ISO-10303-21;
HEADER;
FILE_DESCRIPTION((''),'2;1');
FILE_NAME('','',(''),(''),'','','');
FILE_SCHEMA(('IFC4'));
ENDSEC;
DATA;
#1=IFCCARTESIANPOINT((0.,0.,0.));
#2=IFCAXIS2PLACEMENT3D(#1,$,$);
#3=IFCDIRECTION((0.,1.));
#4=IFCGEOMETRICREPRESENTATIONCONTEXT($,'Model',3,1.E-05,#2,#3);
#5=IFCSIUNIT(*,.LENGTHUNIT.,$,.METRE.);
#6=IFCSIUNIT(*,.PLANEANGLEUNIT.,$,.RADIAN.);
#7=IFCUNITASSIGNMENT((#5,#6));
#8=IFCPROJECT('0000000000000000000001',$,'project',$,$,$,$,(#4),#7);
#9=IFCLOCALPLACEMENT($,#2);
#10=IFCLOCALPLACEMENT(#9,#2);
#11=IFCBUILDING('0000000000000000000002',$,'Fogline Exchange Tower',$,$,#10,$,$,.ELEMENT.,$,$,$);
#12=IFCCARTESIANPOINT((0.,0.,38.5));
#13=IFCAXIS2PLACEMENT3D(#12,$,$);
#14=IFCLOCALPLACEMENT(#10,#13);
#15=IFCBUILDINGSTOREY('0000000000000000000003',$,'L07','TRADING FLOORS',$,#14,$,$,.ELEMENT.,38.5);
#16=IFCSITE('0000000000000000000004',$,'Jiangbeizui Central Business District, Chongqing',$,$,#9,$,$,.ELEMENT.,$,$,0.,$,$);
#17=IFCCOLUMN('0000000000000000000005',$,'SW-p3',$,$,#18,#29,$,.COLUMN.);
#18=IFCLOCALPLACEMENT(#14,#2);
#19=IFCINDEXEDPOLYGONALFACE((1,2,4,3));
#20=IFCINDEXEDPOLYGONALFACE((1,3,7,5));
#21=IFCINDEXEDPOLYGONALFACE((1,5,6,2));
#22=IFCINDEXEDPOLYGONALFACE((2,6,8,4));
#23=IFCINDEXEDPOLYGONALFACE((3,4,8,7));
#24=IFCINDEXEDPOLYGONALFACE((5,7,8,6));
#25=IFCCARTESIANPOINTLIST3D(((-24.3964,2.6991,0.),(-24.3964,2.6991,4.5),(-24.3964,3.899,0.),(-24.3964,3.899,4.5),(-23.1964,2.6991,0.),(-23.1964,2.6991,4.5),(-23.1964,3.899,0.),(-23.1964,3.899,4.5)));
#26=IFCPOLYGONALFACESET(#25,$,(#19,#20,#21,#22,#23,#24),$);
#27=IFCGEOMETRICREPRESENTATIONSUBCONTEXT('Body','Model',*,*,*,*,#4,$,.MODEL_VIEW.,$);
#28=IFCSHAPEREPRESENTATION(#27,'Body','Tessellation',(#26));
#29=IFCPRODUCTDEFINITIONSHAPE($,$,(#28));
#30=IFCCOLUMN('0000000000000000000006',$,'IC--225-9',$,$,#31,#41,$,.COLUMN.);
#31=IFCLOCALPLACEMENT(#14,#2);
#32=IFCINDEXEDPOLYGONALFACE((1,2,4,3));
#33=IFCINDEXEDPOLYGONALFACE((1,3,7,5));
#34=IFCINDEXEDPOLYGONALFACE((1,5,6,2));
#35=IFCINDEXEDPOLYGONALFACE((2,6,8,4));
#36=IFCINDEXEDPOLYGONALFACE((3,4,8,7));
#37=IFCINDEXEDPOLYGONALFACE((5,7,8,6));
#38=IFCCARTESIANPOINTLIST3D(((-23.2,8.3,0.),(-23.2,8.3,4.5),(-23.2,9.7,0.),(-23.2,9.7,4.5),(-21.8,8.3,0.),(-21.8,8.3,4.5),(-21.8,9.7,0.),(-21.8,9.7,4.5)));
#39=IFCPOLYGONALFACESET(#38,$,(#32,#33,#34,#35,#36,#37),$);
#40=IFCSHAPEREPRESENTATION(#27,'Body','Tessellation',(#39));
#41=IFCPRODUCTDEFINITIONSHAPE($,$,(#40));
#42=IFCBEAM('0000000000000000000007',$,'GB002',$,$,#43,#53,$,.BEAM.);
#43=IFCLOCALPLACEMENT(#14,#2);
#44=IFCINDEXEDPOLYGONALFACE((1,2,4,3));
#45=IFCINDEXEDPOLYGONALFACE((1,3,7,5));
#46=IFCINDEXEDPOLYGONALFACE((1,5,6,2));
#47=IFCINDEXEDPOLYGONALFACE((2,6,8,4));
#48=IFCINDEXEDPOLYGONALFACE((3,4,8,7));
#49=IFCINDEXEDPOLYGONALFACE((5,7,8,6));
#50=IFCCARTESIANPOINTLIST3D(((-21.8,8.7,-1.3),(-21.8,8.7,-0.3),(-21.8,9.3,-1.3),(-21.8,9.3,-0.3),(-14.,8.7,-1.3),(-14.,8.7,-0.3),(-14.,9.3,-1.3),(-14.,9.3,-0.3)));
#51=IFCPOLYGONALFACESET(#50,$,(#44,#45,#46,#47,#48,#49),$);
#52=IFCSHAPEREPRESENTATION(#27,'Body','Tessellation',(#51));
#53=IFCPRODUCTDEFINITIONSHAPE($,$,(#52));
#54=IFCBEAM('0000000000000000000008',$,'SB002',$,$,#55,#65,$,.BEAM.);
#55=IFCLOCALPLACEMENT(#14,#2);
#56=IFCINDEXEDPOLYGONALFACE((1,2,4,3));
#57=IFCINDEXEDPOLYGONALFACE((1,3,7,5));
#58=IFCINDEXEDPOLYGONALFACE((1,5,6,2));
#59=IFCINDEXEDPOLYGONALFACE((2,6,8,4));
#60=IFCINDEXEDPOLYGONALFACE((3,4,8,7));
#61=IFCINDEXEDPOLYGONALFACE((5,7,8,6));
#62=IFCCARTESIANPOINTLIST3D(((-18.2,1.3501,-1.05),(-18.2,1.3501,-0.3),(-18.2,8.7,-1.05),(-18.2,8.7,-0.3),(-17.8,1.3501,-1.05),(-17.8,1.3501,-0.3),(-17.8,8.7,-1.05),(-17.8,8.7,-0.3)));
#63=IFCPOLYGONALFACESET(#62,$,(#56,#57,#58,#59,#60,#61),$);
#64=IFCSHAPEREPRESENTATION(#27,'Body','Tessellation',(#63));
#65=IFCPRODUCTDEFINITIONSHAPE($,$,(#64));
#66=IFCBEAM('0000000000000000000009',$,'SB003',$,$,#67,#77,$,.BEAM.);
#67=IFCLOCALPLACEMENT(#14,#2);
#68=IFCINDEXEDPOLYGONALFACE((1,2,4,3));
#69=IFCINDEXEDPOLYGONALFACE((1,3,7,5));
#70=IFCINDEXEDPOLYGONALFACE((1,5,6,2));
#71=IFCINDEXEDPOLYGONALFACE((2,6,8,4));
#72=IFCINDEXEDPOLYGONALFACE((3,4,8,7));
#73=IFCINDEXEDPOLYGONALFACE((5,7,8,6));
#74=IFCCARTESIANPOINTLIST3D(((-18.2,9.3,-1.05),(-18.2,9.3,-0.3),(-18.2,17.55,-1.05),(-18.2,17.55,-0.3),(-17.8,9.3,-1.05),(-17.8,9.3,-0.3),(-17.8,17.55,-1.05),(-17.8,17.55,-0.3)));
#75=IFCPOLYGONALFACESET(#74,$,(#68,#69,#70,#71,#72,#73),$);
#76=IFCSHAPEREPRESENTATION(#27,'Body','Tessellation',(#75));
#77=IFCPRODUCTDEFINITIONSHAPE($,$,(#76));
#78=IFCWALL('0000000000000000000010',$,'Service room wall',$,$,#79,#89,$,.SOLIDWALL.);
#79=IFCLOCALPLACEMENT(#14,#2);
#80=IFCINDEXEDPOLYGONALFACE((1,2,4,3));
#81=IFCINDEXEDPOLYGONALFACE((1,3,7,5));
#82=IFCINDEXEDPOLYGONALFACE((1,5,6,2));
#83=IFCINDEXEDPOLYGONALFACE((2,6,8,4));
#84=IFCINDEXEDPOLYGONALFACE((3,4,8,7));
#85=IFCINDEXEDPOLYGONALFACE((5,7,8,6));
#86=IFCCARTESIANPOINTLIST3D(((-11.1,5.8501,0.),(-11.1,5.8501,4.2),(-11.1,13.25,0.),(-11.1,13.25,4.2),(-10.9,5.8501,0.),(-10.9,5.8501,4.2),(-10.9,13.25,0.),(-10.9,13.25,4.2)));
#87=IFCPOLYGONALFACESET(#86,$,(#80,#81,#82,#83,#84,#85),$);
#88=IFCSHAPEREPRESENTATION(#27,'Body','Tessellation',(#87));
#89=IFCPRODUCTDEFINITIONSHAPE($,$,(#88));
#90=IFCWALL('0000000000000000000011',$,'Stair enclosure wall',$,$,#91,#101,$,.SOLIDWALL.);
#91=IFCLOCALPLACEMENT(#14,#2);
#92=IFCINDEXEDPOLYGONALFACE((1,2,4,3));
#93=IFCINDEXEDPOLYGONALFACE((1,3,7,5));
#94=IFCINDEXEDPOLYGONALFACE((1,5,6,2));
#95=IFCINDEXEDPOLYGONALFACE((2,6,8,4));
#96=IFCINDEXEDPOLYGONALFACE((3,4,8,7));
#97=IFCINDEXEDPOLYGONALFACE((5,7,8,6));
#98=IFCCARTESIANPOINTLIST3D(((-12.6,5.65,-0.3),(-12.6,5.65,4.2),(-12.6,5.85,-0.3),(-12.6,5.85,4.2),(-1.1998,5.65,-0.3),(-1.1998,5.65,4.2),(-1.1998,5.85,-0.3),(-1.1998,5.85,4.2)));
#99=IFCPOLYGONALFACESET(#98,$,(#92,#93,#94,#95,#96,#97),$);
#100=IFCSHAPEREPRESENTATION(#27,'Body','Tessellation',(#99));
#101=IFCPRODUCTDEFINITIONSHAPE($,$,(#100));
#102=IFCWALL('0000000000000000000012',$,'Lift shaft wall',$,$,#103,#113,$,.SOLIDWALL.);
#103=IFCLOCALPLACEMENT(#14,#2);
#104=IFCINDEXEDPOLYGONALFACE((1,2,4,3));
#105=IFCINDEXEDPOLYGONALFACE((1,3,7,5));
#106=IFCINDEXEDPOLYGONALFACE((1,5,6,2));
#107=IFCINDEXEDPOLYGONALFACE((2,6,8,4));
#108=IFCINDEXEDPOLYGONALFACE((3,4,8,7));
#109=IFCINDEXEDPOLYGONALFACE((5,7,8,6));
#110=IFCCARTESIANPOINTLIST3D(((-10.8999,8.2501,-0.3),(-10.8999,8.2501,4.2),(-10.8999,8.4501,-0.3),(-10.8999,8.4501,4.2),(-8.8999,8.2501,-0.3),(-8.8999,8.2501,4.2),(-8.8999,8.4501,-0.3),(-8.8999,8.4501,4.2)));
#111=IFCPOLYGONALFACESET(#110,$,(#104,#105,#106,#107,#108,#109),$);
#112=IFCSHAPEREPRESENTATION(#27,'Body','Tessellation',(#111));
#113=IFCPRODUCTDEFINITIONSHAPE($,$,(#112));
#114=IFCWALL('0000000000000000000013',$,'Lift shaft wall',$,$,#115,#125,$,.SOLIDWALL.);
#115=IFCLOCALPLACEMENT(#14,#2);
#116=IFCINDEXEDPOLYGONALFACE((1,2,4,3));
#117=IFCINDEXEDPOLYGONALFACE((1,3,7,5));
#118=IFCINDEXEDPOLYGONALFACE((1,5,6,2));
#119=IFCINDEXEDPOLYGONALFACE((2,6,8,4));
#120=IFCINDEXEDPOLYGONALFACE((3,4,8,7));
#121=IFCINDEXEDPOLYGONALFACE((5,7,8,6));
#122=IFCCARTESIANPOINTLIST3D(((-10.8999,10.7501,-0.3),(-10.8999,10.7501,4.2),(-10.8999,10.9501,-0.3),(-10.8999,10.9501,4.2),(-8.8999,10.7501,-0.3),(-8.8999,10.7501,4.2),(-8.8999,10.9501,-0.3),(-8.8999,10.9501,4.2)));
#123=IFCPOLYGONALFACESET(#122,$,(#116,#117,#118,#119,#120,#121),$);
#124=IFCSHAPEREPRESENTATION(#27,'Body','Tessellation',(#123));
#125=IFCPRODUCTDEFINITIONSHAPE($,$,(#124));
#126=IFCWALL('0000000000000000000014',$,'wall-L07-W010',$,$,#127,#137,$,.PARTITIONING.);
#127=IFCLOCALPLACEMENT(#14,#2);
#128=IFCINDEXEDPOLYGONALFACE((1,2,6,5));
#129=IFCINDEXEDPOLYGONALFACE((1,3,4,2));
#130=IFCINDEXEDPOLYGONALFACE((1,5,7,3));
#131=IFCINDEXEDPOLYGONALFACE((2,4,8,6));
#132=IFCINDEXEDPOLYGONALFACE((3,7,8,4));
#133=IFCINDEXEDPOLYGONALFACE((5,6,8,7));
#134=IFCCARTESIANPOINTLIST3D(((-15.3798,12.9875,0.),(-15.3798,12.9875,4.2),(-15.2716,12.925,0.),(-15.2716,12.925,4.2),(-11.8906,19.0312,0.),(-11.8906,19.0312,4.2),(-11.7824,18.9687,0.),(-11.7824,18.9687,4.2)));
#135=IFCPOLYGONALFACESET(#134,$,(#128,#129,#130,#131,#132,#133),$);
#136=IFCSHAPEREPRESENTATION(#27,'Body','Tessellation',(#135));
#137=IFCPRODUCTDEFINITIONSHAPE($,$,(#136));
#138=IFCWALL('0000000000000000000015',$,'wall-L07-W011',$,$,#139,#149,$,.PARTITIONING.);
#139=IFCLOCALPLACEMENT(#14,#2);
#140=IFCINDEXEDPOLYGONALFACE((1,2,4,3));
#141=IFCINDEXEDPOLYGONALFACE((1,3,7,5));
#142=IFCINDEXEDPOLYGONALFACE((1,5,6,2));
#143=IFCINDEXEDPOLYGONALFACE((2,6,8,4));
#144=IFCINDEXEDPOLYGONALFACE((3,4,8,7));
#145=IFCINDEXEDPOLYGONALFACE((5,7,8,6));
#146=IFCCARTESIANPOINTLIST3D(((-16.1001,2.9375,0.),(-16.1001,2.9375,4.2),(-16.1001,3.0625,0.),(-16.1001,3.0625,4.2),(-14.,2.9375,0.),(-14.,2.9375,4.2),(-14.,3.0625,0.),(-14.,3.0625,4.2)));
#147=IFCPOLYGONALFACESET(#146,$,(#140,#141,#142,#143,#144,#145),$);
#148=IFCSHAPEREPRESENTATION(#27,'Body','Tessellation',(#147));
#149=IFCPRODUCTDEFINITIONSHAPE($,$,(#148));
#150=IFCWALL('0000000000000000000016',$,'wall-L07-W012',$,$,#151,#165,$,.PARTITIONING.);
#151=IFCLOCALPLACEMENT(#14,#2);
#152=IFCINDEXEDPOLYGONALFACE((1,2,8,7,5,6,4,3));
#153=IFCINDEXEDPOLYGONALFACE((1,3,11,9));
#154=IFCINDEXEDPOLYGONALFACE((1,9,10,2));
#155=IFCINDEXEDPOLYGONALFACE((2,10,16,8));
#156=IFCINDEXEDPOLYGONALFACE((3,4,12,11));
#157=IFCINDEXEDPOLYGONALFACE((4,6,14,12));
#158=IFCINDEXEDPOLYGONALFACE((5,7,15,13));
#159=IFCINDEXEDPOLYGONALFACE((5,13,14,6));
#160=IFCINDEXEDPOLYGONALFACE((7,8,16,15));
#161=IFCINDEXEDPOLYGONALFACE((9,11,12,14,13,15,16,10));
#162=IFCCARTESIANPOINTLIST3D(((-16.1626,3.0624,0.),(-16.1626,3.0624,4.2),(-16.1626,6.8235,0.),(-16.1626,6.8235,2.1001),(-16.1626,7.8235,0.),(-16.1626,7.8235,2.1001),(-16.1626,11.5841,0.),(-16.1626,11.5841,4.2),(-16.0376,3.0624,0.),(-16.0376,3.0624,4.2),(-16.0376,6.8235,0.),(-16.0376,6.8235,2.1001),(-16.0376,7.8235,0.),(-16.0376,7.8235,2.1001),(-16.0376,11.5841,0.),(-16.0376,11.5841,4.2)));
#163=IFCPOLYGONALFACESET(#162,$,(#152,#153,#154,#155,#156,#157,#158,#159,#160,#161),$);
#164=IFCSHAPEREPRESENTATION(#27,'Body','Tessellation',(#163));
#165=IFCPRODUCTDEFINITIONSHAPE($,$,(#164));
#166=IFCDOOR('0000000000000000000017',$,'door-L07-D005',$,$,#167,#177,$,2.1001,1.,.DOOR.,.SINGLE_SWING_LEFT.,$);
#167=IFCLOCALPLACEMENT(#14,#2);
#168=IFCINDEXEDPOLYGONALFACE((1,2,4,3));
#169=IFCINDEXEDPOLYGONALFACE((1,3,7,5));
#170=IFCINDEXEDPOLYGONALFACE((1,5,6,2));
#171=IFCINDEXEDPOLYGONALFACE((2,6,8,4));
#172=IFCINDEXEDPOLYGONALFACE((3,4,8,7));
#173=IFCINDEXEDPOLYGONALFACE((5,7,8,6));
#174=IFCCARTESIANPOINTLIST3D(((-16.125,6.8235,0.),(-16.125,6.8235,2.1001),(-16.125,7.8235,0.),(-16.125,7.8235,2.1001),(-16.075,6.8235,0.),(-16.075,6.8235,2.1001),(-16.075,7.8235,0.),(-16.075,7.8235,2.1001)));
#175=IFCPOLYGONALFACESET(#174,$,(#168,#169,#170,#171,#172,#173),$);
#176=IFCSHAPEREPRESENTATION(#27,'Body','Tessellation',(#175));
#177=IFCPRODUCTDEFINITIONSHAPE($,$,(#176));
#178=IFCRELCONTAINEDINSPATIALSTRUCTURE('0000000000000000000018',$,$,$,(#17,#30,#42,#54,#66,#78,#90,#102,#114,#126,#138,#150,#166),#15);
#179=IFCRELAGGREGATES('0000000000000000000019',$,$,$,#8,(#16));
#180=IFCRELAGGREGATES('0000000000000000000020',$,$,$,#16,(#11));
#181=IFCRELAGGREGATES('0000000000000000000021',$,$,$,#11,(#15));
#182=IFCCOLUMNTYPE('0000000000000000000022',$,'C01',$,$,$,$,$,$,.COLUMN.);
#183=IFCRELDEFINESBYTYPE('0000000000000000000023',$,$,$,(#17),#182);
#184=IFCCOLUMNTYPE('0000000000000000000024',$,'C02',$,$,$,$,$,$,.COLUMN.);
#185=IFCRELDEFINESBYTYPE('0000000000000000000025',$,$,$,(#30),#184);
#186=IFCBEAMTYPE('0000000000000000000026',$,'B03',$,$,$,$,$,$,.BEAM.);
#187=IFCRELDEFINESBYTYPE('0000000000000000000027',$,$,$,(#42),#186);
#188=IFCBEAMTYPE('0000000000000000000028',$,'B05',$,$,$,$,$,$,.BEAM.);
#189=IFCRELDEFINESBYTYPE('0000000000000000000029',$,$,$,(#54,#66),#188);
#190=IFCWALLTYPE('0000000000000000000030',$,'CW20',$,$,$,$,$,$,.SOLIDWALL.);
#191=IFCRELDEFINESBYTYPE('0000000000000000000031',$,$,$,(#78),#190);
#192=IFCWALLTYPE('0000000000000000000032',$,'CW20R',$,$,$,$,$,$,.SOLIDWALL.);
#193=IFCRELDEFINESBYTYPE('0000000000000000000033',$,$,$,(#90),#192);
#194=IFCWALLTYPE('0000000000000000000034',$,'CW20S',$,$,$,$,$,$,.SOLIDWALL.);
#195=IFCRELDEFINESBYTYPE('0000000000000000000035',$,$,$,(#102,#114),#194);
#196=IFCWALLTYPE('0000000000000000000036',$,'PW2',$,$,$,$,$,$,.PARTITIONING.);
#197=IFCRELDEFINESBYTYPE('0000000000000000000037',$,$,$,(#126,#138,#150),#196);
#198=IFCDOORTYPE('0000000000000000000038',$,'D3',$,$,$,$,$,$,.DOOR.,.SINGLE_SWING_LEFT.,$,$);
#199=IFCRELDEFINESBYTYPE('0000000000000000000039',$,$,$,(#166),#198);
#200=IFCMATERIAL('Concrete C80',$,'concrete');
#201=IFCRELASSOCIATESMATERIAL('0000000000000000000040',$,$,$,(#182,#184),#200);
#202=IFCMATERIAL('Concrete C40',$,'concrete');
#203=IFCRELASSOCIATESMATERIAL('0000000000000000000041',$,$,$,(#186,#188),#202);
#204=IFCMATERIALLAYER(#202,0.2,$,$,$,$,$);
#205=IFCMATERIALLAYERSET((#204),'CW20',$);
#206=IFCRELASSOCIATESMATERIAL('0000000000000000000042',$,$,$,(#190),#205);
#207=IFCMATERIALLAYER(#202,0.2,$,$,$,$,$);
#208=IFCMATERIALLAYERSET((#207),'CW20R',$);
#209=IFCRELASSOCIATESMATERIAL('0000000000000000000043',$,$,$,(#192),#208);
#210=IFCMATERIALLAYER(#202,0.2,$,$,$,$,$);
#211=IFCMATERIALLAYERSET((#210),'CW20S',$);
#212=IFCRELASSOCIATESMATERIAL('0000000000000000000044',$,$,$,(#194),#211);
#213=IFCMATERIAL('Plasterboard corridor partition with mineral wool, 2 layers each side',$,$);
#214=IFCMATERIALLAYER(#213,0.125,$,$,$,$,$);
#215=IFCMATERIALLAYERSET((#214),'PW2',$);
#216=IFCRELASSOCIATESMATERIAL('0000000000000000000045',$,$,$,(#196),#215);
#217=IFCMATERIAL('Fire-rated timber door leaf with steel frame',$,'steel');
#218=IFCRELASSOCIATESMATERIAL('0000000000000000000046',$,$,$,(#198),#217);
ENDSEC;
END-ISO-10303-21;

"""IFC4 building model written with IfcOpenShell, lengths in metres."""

from ifc_helpers import new_model, si_unit, direction, frame, frame_2d, origin, origin_2d, place, context, subcontext, project, spatial, rectangle, extrude, material, layer, layer_set, material_profile, profile_set, type_object, element, fill, save


model = new_model("IFC4")

# Units and contexts
model_context = context("Model", 3, precision=1e-05, world=origin(), true_north=direction((0.0, 1.0)))
body_context = subcontext(model_context, "Body", "Model", "MODEL_VIEW")
ifc_project = project(units=[si_unit("LENGTHUNIT", "METRE"), si_unit("PLANEANGLEUNIT", "RADIAN")], contexts=[model_context])

# Site, building, storey
site_placement = place(None, origin())
site = spatial("IfcSite", under=ifc_project, at=site_placement, Name="Jiangbeizui Central Business District, Chongqing", CompositionType="ELEMENT", RefElevation=0.0)
building_placement = place(site_placement, origin())
building = spatial("IfcBuilding", under=site, at=building_placement, Name="Fogline Exchange Tower", CompositionType="ELEMENT")
storey_placement = place(building_placement, frame((0.0, 0.0, 38.5)))
storey = spatial("IfcBuildingStorey", under=building, at=storey_placement, Name="L07", Description="TRADING FLOORS", CompositionType="ELEMENT", Elevation=38.5)

# Columns
ifc_material_1 = material(Name="Concrete C80", Category="concrete")
ifc_material_profile_1 = material_profile(ifc_material_1, rectangle(XDim=1.2, YDim=1.2, at=origin_2d()), Name="RC 1200x1200")
ifc_profile_set_1 = profile_set([ifc_material_profile_1], Name="Concrete C80")
column_type_1 = type_object("IfcColumnType", Name="C01", PredefinedType="COLUMN", material=ifc_profile_set_1)
column_1_placement = place(storey_placement, frame((-23.7964, 3.2991, 0.0), z_axis=(0.0, 0.0, 1.0), x_axis=(1.0, 0.0, 0.0)))
element("IfcColumn", 1, at=column_1_placement, inside=storey, type_object=column_type_1, Name="SW-p3", PredefinedType="COLUMN", context=body_context, shape_type="SweptSolid", body=[
    extrude(rectangle(XDim=1.2, YDim=1.2, at=origin_2d()), origin(), (0.0, 0.0, 1.0), 4.5),
])
ifc_material_profile_2 = material_profile(ifc_material_1, rectangle(XDim=1.3999, YDim=1.3999, at=origin_2d()), Name="RC 1400x1400")
ifc_profile_set_2 = profile_set([ifc_material_profile_2], Name="Concrete C80")
column_type_2 = type_object("IfcColumnType", Name="C02", PredefinedType="COLUMN", material=ifc_profile_set_2)
column_2_placement = place(storey_placement, frame((-22.5, 9.0, 0.0), z_axis=(0.0, 0.0, 1.0), x_axis=(1.0, 0.0, 0.0)))
element("IfcColumn", 2, at=column_2_placement, inside=storey, type_object=column_type_2, Name="IC--225-9", PredefinedType="COLUMN", context=body_context, shape_type="SweptSolid", body=[
    extrude(rectangle(XDim=1.3999, YDim=1.3999, at=origin_2d()), origin(), (0.0, 0.0, 1.0), 4.5),
])

# Beams
ifc_material_2 = material(Name="Concrete C40", Category="concrete")
ifc_material_profile_3 = material_profile(ifc_material_2, rectangle(XDim=0.6001, YDim=1.0, at=origin_2d()), Name="RC 600x1000")
ifc_profile_set_3 = profile_set([ifc_material_profile_3], Name="Concrete C40")
beam_type_1 = type_object("IfcBeamType", Name="B03", PredefinedType="BEAM", material=ifc_profile_set_3)
beam_1_placement = place(storey_placement, frame((-21.8, 9.0, -0.8), z_axis=(1.0, 0.0, 0.0), x_axis=(0.0, 1.0, 0.0)))
element("IfcBeam", 3, at=beam_1_placement, inside=storey, type_object=beam_type_1, Name="GB002", PredefinedType="BEAM", context=body_context, shape_type="SweptSolid", body=[
    extrude(rectangle(XDim=0.6001, YDim=1.0, at=origin_2d()), origin(), (0.0, 0.0, 1.0), 7.8),
])
ifc_material_profile_4 = material_profile(ifc_material_2, rectangle(XDim=0.3999, YDim=0.75, at=origin_2d()), Name="RC 400x750")
ifc_profile_set_4 = profile_set([ifc_material_profile_4], Name="Concrete C40")
beam_type_2 = type_object("IfcBeamType", Name="B05", PredefinedType="BEAM", material=ifc_profile_set_4)
beam_2_placement = place(storey_placement, frame((-18.0, 1.3501, -0.675), z_axis=(0.0, 1.0, 0.0), x_axis=(-1.0, 0.0, 0.0)))
element("IfcBeam", 4, at=beam_2_placement, inside=storey, type_object=beam_type_2, Name="SB002", PredefinedType="BEAM", context=body_context, shape_type="SweptSolid", body=[
    extrude(rectangle(XDim=0.3999, YDim=0.75, at=origin_2d()), origin(), (0.0, 0.0, 1.0), 7.3499),
])
beam_3_placement = place(storey_placement, frame((-18.0, 9.3, -0.675), z_axis=(0.0, 1.0, 0.0), x_axis=(-1.0, 0.0, 0.0)))
element("IfcBeam", 5, at=beam_3_placement, inside=storey, type_object=beam_type_2, Name="SB003", PredefinedType="BEAM", context=body_context, shape_type="SweptSolid", body=[
    extrude(rectangle(XDim=0.3999, YDim=0.75, at=origin_2d()), origin(), (0.0, 0.0, 1.0), 8.25),
])

# Walls
ifc_layer_1 = layer(ifc_material_2, 0.2)
ifc_layer_set_1 = layer_set([ifc_layer_1], Name="CW20")
wall_type_1 = type_object("IfcWallType", Name="CW20", PredefinedType="SOLIDWALL", material=ifc_layer_set_1)
wall_1_placement = place(storey_placement, frame((-11.0, 5.8501, 0.0), z_axis=(0.0, 0.0, 1.0), x_axis=(0.0, 1.0, 0.0)))
element("IfcWall", 6, at=wall_1_placement, inside=storey, type_object=wall_type_1, Name="Service room wall", PredefinedType="SOLIDWALL", context=body_context, shape_type="SweptSolid", body=[
    extrude(rectangle(XDim=7.3999, YDim=0.2, at=frame_2d((3.7, 0.0))), origin(), (0.0, 0.0, 1.0), 4.2),
])
ifc_layer_2 = layer(ifc_material_2, 0.2)
ifc_layer_set_2 = layer_set([ifc_layer_2], Name="CW20R")
wall_type_2 = type_object("IfcWallType", Name="CW20R", PredefinedType="SOLIDWALL", material=ifc_layer_set_2)
wall_2_placement = place(storey_placement, frame((-12.6001, 5.75, -0.3), z_axis=(0.0, 0.0, 1.0), x_axis=(1.0, 0.0, 0.0)))
element("IfcWall", 7, at=wall_2_placement, inside=storey, type_object=wall_type_2, Name="Stair enclosure wall", PredefinedType="SOLIDWALL", context=body_context, shape_type="SweptSolid", body=[
    extrude(rectangle(XDim=11.4001, YDim=0.2, at=frame_2d((5.7002, 0.0))), origin(), (0.0, 0.0, 1.0), 4.5),
])
ifc_layer_3 = layer(ifc_material_2, 0.2)
ifc_layer_set_3 = layer_set([ifc_layer_3], Name="CW20S")
wall_type_3 = type_object("IfcWallType", Name="CW20S", PredefinedType="SOLIDWALL", material=ifc_layer_set_3)
for number, where, z_axis, x_axis, name in (
    (8, (-10.8999, 8.3501, -0.3), (0.0, 0.0, 1.0), (1.0, 0.0, 0.0), "Lift shaft wall"),
    (9, (-10.8999, 10.8501, -0.3), (0.0, 0.0, 1.0), (1.0, 0.0, 0.0), "Lift shaft wall"),
):
    element("IfcWall", number, at=place(storey_placement, frame(where, z_axis=z_axis, x_axis=x_axis)), inside=storey, type_object=wall_type_3, Name=name, PredefinedType="SOLIDWALL", context=body_context, shape_type="SweptSolid", body=[
        extrude(rectangle(XDim=2.0, YDim=0.2, at=frame_2d((1.0, 0.0))), origin(), (0.0, 0.0, 1.0), 4.5),
    ])
ifc_material_3 = material(Name="Plasterboard corridor partition with mineral wool, 2 layers each side")
ifc_layer_4 = layer(ifc_material_3, 0.125)
ifc_layer_set_4 = layer_set([ifc_layer_4], Name="PW2")
wall_type_4 = type_object("IfcWallType", Name="PW2", PredefinedType="PARTITIONING", material=ifc_layer_set_4)
wall_3_placement = place(storey_placement, frame((-15.3257, 12.9563, 0.0), z_axis=(0.0, 0.0, 1.0), x_axis=(0.499992, 0.86603, 0.0)))
element("IfcWall", 10, at=wall_3_placement, inside=storey, type_object=wall_type_4, Name="wall-L07-W010", PredefinedType="PARTITIONING", context=body_context, shape_type="SweptSolid", body=[
    extrude(rectangle(XDim=6.9785, YDim=0.125, at=frame_2d((3.4893, 0.0))), origin(), (0.0, 0.0, 1.0), 4.2),
])
wall_4_placement = place(storey_placement, frame((-14.0, 3.0, 0.0), z_axis=(0.0, 0.0, 1.0), x_axis=(-1.0, 0.0, 0.0)))
element("IfcWall", 11, at=wall_4_placement, inside=storey, type_object=wall_type_4, Name="wall-L07-W011", PredefinedType="PARTITIONING", context=body_context, shape_type="SweptSolid", body=[
    extrude(rectangle(XDim=2.1001, YDim=0.125, at=frame_2d((1.05, 0.0))), origin(), (0.0, 0.0, 1.0), 4.2),
])

# Wall, opening, door
wall_5_placement = place(storey_placement, frame((-16.1001, 3.0625, 0.0), z_axis=(0.0, 0.0, 1.0), x_axis=(0.0, 1.0, 0.0)))
wall_5 = element("IfcWall", 12, at=wall_5_placement, inside=storey, type_object=wall_type_4, Name="wall-L07-W012", PredefinedType="PARTITIONING", context=body_context, shape_type="SweptSolid", body=[
    extrude(rectangle(XDim=8.5217, YDim=0.125, at=frame_2d((4.2607, 0.0))), origin(), (0.0, 0.0, 1.0), 4.2),
])
opening_1_placement = place(wall_5_placement, frame((3.761, 0.0, 0.0)))
opening_1 = element("IfcOpeningElement", 13, at=opening_1_placement, cuts=wall_5, PredefinedType="OPENING", context=body_context, shape_type="SweptSolid", body=[
    extrude(rectangle(XDim=1.0, YDim=2.1001, at=frame_2d((0.5, 1.05))), frame((0.0, 0.0725, 0.0), z_axis=(0.0, -1.0, 0.0), x_axis=(1.0, 0.0, 0.0)), (0.0, 0.0, 1.0), 0.145),
])
ifc_material_4 = material(Name="Fire-rated timber door leaf with steel frame", Category="steel")
door_type_1 = type_object("IfcDoorType", Name="D3", OperationType="SINGLE_SWING_LEFT", PredefinedType="DOOR", material=ifc_material_4)
door_1_placement = place(opening_1_placement, origin())
door_1 = element("IfcDoor", 14, at=door_1_placement, inside=storey, type_object=door_type_1, Name="door-L07-D005", OperationType="SINGLE_SWING_LEFT", OverallHeight=2.1001, OverallWidth=1.0, PredefinedType="DOOR", context=body_context, shape_type="SweptSolid", body=[
    extrude(rectangle(XDim=1.0, YDim=2.1001, at=frame_2d((0.5, 1.05))), frame((0.0, 0.0249, 0.0), z_axis=(0.0, -1.0, 0.0), x_axis=(1.0, 0.0, 0.0)), (0.0, 0.0, 1.0), 0.05),
])
fill(opening_1, door_1)

save(model, "model.ifc")
